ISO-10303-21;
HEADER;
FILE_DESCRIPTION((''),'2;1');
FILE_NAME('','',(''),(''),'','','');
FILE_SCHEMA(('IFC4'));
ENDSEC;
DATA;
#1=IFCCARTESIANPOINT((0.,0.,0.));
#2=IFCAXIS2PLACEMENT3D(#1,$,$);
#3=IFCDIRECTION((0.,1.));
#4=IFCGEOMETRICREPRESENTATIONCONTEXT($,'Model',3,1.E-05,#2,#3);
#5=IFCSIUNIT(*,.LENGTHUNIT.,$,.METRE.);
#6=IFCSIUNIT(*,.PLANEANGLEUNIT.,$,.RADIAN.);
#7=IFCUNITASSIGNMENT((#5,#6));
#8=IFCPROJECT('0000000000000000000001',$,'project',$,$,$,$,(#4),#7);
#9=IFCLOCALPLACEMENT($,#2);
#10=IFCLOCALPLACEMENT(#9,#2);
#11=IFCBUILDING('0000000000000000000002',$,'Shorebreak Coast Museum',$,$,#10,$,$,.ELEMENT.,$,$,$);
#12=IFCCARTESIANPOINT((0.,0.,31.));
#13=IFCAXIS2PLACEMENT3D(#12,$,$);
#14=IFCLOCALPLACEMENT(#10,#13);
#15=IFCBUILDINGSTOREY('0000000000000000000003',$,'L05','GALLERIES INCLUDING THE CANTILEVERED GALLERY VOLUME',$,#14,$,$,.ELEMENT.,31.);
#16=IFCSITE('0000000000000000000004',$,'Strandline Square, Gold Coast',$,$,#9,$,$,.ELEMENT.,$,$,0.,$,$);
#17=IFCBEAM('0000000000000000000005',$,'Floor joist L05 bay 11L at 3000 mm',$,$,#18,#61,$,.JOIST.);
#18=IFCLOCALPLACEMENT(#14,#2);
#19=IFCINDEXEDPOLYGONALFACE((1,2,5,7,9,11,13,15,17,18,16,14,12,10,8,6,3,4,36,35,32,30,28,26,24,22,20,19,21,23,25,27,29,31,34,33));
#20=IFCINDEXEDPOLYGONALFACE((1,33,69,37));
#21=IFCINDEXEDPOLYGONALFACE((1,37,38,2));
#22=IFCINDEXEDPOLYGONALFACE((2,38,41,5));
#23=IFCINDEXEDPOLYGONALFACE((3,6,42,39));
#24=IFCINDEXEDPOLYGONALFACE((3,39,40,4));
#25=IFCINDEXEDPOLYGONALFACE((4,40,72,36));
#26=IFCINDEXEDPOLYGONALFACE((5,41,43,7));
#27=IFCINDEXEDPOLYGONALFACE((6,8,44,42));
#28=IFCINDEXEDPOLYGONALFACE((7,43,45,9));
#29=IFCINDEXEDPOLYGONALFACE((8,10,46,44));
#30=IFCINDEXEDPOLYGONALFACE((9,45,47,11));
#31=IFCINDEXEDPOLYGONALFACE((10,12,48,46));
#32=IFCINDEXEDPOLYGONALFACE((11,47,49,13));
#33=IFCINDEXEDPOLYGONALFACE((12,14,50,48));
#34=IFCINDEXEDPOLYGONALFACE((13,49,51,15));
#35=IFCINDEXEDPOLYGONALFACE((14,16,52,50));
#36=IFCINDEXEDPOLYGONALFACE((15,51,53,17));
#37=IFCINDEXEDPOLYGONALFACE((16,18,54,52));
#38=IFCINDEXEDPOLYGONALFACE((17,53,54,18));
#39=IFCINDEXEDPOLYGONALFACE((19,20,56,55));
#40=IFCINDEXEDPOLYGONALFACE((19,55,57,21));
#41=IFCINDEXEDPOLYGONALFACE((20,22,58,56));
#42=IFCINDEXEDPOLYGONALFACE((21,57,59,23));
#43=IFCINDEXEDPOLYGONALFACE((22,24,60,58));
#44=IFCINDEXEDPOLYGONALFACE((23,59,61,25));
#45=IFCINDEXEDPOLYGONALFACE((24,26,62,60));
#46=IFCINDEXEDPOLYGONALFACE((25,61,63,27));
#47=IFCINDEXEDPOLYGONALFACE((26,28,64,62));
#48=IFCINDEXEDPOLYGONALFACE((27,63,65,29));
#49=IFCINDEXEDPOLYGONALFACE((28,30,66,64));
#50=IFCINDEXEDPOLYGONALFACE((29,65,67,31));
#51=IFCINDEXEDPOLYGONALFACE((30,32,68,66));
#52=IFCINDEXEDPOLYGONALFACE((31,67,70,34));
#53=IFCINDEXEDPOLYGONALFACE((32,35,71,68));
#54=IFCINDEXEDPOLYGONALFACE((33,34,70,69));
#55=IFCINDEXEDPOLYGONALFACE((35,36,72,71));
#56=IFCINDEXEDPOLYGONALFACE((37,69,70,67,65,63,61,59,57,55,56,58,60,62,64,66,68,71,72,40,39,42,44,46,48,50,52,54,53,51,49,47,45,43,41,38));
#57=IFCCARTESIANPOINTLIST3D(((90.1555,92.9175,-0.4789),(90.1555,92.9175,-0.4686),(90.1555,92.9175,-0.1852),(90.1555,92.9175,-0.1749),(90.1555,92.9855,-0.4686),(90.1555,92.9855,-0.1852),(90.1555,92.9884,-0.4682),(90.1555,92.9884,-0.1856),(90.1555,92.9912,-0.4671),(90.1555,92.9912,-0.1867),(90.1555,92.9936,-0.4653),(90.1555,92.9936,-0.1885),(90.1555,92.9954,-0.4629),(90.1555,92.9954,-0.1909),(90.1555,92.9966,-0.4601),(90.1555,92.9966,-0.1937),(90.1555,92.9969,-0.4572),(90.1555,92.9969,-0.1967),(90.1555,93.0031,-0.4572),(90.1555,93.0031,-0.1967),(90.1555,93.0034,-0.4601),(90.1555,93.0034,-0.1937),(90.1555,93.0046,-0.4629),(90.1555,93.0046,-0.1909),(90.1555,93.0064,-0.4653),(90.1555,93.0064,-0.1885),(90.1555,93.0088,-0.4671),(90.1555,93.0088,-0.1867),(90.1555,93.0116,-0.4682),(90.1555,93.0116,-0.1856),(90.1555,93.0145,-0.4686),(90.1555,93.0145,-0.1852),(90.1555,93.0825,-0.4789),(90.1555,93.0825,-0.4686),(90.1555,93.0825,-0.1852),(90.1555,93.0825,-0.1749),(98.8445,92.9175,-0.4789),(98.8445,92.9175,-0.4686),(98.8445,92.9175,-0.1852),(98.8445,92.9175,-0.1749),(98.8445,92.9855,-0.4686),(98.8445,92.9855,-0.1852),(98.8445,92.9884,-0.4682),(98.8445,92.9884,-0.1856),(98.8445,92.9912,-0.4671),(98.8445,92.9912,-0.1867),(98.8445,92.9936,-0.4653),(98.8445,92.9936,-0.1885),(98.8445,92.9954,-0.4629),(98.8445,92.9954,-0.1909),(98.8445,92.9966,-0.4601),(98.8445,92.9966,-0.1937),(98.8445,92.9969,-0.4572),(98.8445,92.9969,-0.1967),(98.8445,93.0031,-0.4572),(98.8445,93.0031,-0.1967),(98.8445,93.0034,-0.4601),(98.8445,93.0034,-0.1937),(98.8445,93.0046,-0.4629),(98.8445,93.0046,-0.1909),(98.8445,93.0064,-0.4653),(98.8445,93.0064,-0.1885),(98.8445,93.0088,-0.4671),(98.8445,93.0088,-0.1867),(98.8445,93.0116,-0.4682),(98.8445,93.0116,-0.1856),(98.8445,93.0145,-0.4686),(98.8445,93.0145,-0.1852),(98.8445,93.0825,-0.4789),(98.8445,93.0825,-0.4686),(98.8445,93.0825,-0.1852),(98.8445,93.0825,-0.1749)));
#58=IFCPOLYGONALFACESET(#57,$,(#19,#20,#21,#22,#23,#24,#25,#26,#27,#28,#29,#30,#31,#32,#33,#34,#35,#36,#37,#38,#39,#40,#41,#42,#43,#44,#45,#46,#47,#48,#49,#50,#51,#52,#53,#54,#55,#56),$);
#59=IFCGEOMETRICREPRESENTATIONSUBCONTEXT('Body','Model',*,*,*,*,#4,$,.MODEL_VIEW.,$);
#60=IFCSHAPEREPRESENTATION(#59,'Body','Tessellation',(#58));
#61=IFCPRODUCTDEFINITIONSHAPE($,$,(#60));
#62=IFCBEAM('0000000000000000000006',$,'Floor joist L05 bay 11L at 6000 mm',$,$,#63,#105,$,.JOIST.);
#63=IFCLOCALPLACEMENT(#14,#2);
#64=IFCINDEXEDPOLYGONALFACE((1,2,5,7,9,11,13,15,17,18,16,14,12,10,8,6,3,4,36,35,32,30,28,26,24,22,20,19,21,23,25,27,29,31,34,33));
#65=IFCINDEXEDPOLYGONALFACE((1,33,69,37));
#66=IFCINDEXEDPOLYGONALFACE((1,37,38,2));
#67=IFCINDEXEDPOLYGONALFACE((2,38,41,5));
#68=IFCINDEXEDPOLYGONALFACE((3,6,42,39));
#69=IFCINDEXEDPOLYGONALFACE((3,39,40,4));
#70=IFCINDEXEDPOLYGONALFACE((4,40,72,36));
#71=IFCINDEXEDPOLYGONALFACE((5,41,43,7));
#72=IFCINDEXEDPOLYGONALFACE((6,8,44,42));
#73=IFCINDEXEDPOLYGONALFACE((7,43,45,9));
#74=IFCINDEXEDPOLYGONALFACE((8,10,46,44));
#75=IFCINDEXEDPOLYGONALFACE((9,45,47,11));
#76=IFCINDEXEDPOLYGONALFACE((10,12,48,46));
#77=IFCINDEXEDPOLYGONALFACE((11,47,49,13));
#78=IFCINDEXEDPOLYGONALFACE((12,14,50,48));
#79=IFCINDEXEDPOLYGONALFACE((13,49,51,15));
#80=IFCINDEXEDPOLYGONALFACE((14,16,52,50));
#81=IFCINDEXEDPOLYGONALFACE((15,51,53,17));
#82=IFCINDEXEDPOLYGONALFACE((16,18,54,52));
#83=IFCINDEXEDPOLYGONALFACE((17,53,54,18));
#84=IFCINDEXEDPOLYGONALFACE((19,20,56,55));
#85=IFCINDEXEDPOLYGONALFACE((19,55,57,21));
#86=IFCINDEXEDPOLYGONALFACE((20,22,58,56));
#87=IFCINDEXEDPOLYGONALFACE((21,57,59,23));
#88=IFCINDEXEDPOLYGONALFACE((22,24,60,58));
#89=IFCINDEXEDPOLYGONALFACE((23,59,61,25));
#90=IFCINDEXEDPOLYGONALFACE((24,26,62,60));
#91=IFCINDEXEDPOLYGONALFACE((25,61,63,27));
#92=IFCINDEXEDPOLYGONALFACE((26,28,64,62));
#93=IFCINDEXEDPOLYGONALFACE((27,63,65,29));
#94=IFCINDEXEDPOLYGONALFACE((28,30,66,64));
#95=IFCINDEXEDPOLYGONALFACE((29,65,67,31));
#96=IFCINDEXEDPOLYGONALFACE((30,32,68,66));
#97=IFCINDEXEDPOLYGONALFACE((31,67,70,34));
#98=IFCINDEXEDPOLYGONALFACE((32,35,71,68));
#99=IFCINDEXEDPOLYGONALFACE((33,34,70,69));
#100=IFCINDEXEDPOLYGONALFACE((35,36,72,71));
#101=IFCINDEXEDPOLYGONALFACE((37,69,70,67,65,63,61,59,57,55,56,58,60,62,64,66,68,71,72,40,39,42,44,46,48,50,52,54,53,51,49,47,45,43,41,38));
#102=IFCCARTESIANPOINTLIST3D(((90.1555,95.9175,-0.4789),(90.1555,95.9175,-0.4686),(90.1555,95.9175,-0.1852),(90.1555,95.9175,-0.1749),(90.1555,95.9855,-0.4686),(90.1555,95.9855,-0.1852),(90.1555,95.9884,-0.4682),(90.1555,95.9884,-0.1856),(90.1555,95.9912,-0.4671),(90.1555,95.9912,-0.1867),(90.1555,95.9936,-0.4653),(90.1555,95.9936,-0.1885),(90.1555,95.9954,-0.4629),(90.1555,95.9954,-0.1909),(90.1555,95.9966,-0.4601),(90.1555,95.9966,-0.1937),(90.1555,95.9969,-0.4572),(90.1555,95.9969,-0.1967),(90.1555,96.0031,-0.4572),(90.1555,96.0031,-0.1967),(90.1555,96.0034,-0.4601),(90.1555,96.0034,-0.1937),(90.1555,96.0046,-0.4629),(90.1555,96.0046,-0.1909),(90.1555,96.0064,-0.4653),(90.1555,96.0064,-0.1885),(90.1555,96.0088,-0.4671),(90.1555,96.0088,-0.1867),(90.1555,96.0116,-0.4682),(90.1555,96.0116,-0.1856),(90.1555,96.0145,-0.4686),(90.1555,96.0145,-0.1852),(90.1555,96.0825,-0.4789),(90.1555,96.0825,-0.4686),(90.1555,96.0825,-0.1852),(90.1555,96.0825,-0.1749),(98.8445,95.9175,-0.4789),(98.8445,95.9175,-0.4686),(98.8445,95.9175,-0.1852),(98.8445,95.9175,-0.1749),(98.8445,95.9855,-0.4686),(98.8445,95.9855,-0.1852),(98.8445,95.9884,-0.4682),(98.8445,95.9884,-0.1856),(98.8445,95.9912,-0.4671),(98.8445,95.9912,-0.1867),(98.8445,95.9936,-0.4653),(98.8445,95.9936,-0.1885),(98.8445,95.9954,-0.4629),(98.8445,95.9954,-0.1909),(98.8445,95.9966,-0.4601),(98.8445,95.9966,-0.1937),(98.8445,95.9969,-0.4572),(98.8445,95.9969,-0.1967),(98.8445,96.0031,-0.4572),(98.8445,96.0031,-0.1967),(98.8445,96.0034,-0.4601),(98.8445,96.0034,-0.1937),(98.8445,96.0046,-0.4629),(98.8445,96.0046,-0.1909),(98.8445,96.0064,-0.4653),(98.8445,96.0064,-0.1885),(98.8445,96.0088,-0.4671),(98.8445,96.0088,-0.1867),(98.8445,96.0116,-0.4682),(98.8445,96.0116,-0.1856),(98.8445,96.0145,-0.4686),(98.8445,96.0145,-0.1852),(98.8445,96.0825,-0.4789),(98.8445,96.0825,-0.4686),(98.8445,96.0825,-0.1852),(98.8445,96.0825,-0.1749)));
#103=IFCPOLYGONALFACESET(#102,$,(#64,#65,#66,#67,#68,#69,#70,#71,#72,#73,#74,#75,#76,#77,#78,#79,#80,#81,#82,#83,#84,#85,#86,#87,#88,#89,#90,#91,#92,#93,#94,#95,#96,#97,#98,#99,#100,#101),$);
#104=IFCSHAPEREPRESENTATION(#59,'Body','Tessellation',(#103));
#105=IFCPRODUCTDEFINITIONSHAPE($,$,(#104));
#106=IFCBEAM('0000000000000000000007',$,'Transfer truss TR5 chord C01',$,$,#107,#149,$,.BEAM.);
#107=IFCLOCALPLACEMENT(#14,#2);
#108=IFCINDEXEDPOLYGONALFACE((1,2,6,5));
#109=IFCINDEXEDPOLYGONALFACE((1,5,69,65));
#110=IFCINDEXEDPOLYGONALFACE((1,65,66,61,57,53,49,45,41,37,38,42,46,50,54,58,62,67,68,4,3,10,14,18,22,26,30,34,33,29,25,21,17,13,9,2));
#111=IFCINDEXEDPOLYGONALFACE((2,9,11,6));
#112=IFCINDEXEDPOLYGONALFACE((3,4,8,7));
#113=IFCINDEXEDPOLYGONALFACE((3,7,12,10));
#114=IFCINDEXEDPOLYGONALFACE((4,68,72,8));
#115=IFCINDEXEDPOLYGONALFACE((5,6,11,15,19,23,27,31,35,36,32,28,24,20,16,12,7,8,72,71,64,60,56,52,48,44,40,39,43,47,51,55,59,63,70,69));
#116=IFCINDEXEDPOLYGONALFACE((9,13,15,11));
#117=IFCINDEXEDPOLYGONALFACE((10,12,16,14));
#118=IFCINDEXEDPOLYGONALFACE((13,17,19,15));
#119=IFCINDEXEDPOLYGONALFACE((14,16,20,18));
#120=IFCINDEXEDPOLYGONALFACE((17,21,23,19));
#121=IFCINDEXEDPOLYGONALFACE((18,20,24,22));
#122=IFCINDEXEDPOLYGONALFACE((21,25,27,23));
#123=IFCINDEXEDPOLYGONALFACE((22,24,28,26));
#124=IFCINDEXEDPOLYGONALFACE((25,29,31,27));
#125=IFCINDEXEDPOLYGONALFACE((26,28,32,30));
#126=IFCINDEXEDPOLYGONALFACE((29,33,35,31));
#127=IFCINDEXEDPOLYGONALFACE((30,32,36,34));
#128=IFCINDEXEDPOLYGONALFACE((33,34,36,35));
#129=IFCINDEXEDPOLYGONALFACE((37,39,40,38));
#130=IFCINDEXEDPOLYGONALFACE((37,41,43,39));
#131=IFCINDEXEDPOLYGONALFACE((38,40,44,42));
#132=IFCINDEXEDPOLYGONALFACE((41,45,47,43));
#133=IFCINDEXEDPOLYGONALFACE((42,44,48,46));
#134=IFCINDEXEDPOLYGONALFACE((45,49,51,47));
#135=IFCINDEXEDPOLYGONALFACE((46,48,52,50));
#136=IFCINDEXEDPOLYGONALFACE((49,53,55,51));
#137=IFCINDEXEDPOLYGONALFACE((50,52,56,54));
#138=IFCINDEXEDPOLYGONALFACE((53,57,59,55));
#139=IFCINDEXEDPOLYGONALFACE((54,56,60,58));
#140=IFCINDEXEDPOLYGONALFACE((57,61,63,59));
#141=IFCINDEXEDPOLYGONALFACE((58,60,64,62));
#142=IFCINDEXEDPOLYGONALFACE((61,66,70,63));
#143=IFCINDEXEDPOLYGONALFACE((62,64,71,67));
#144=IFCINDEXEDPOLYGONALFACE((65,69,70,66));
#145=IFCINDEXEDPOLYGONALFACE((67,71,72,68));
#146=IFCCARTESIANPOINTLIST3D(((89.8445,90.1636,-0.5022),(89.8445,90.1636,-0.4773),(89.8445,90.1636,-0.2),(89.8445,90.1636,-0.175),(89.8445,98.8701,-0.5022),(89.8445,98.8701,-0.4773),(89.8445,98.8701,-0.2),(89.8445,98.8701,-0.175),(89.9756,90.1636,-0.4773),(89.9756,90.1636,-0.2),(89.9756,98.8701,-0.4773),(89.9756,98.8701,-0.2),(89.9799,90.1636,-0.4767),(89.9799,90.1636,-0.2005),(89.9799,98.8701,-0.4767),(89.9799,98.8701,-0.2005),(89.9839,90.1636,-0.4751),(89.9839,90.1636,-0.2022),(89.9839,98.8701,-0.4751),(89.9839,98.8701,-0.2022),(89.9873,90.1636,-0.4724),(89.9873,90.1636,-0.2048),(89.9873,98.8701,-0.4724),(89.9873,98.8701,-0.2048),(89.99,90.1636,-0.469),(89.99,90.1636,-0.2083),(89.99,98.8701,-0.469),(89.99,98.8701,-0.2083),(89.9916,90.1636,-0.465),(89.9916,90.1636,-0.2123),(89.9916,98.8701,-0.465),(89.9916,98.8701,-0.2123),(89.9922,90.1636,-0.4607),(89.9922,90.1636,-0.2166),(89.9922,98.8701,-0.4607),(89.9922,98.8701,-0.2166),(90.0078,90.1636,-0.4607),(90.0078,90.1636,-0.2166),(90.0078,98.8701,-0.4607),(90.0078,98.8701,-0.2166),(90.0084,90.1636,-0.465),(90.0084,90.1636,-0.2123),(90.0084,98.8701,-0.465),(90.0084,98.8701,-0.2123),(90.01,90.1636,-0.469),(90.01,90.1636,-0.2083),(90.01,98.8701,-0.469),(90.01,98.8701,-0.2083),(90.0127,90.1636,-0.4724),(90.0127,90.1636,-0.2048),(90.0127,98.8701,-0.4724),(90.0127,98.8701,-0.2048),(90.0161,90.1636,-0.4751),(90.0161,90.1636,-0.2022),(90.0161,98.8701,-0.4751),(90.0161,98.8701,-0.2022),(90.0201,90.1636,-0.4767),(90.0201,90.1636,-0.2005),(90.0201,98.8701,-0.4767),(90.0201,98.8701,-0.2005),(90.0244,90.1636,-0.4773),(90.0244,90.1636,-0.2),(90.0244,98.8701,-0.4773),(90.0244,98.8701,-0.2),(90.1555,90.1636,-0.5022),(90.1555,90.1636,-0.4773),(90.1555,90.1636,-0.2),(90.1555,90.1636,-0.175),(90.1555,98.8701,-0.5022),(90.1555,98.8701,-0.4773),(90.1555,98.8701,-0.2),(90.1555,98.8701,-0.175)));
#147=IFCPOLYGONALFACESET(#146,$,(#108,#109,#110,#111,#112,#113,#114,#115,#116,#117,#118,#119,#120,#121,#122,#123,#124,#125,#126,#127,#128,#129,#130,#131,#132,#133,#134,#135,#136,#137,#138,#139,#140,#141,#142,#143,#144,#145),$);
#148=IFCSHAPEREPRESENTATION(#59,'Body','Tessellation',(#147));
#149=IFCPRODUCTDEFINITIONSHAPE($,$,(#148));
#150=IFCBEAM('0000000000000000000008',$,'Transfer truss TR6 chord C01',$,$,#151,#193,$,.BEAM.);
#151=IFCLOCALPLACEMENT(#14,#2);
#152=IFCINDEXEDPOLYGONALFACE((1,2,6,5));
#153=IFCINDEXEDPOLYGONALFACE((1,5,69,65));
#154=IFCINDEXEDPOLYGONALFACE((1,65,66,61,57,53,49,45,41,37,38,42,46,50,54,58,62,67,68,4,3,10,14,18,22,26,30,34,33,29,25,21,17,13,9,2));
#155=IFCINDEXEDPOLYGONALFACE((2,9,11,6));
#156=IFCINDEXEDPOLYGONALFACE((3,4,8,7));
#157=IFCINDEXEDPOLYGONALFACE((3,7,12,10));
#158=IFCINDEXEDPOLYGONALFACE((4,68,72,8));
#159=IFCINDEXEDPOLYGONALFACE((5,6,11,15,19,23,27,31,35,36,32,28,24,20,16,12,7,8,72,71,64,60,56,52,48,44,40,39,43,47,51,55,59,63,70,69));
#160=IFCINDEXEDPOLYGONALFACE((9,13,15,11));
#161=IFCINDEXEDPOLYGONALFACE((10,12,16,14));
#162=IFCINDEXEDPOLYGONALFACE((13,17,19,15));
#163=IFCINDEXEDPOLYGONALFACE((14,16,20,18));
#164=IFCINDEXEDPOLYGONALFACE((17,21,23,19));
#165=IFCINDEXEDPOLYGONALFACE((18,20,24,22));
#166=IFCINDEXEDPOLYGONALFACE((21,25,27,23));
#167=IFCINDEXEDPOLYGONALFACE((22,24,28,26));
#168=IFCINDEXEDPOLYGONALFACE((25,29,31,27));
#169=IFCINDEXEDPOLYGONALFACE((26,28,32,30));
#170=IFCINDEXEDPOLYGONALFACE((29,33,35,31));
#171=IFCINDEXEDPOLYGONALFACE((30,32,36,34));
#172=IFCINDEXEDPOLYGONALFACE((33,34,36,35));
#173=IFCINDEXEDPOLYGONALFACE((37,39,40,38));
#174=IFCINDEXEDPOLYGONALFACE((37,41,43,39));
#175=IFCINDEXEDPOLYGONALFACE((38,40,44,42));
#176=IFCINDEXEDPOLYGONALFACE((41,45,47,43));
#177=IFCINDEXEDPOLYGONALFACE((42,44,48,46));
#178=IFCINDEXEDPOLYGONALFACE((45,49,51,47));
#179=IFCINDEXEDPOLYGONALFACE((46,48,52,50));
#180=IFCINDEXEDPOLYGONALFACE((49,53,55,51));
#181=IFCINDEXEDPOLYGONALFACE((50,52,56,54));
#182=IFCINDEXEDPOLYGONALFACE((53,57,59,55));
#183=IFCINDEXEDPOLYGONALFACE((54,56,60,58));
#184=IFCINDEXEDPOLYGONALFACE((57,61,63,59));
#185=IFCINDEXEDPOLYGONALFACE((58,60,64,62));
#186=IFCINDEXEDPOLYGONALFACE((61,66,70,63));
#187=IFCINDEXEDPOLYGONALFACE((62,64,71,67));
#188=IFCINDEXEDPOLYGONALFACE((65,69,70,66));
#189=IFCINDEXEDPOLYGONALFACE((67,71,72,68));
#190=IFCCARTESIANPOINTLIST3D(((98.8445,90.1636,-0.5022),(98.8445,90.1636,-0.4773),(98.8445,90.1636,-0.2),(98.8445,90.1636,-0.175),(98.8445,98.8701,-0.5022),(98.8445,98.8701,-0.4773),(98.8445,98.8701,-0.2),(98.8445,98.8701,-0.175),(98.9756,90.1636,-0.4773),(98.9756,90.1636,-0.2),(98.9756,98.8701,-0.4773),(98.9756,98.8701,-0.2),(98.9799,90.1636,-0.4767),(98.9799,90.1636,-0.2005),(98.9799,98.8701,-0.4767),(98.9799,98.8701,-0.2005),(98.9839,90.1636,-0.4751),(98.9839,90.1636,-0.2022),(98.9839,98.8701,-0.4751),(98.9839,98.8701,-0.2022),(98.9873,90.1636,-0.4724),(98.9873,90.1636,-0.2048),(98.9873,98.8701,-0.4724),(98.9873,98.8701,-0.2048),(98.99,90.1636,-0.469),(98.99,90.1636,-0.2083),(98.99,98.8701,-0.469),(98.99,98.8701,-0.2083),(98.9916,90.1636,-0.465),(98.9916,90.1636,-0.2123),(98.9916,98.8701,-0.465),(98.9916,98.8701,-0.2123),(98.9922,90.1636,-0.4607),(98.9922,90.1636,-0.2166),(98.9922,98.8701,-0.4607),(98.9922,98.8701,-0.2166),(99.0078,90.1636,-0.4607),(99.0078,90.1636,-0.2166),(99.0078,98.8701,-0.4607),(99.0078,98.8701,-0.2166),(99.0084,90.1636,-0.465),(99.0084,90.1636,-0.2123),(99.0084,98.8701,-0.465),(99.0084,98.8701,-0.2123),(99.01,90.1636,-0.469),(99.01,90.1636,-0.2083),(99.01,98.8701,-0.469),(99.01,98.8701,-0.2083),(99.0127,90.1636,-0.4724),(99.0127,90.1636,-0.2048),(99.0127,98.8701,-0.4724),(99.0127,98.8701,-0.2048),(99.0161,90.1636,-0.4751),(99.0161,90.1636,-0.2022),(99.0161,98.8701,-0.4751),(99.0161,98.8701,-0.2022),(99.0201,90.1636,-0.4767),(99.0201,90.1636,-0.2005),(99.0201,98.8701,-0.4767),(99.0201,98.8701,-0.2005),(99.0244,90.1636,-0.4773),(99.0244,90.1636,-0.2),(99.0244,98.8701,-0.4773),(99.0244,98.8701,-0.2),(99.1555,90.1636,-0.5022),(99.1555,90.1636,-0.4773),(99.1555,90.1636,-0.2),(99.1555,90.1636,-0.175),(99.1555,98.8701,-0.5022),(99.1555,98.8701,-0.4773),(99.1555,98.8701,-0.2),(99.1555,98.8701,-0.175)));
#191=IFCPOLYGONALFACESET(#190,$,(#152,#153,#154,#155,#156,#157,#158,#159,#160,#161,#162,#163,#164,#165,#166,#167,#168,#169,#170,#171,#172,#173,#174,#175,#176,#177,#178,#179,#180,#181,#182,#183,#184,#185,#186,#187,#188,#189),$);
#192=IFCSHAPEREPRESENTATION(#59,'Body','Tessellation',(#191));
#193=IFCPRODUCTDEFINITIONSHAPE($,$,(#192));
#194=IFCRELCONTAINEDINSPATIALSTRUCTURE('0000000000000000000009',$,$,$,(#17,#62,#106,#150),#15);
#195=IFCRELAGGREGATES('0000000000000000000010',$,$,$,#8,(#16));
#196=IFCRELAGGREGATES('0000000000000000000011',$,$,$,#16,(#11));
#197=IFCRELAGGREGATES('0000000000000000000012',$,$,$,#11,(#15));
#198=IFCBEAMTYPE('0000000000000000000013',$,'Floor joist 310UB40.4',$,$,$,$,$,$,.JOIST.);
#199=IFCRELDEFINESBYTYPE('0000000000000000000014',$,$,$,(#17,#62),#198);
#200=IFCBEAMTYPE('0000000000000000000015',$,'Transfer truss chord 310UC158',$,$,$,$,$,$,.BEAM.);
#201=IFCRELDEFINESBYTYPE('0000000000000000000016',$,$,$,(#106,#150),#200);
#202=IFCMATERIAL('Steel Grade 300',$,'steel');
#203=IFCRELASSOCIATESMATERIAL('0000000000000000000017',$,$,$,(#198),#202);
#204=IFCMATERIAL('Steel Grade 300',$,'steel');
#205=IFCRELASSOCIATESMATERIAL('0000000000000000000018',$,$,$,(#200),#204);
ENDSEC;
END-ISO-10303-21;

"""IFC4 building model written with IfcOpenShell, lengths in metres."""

from ifc_helpers import new_model, si_unit, direction, frame, origin, origin_2d, place, context, subcontext, project, spatial, i_section, extrude, material, material_profile, profile_set, type_object, element, save


model = new_model("IFC4")

# Units and contexts
model_context = context("Model", 3, precision=1e-05, world=origin(), true_north=direction((0.0, 1.0)))
body_context = subcontext(model_context, "Body", "Model", "MODEL_VIEW")
ifc_project = project(units=[si_unit("LENGTHUNIT", "METRE"), si_unit("PLANEANGLEUNIT", "RADIAN")], contexts=[model_context])

# Site, building, storey
site_placement = place(None, origin())
site = spatial("IfcSite", under=ifc_project, at=site_placement, Name="Strandline Square, Gold Coast", CompositionType="ELEMENT", RefElevation=0.0)
building_placement = place(site_placement, origin())
building = spatial("IfcBuilding", under=site, at=building_placement, Name="Shorebreak Coast Museum", CompositionType="ELEMENT")
storey_placement = place(building_placement, frame((0.0, 0.0, 31.0)))
storey = spatial("IfcBuildingStorey", under=building, at=storey_placement, Name="L05", Description="GALLERIES INCLUDING THE CANTILEVERED GALLERY VOLUME", CompositionType="ELEMENT", Elevation=31.0)

# Beams
ifc_material_1 = material(Name="Steel Grade 300", Category="steel")
ifc_material_profile_1 = material_profile(ifc_material_1, i_section(OverallWidth=0.165, OverallDepth=0.304, WebThickness=0.0061, FlangeThickness=0.0103, FilletRadius=0.0115, at=origin_2d()), Name="310UB40.4")
ifc_profile_set_1 = profile_set([ifc_material_profile_1], Name="Steel Grade 300")
beam_type_1 = type_object("IfcBeamType", Name="Floor joist 310UB40.4", PredefinedType="JOIST", material=ifc_profile_set_1)
for number, where, z_axis, x_axis, name in (
    (1, (90.1555, 93.0, -0.3269), (1.0, 0.0, 0.0), (0.0, 1.0, 0.0), "Floor joist L05 bay 11L at 3000 mm"),
    (2, (90.1555, 96.0, -0.3269), (1.0, 0.0, 0.0), (0.0, 1.0, 0.0), "Floor joist L05 bay 11L at 6000 mm"),
):
    element("IfcBeam", number, at=place(storey_placement, frame(where, z_axis=z_axis, x_axis=x_axis)), inside=storey, type_object=beam_type_1, Name=name, PredefinedType="JOIST", context=body_context, shape_type="SweptSolid", body=[
        extrude(i_section(OverallWidth=0.165, OverallDepth=0.304, WebThickness=0.0061, FlangeThickness=0.0103, FilletRadius=0.0115, at=origin_2d()), origin(), (0.0, 0.0, 1.0), 8.689),
    ])
ifc_material_2 = material(Name="Steel Grade 300", Category="steel")
ifc_material_profile_2 = material_profile(ifc_material_2, i_section(OverallWidth=0.311, OverallDepth=0.3271, WebThickness=0.0156, FlangeThickness=0.0249, FilletRadius=0.0166, at=origin_2d()), Name="310UC158")
ifc_profile_set_2 = profile_set([ifc_material_profile_2], Name="Steel Grade 300")
beam_type_2 = type_object("IfcBeamType", Name="Transfer truss chord 310UC158", PredefinedType="BEAM", material=ifc_profile_set_2)
for number, where, z_axis, x_axis, name in (
    (3, (90.0, 90.1636, -0.3386), (0.0, 1.0, 0.0), (-1.0, 0.0, 0.0), "Transfer truss TR5 chord C01"),
    (4, (99.0, 90.1636, -0.3386), (0.0, 1.0, 0.0), (-1.0, 0.0, 0.0), "Transfer truss TR6 chord C01"),
):
    element("IfcBeam", number, at=place(storey_placement, frame(where, z_axis=z_axis, x_axis=x_axis)), inside=storey, type_object=beam_type_2, Name=name, PredefinedType="BEAM", context=body_context, shape_type="SweptSolid", body=[
        extrude(i_section(OverallWidth=0.311, OverallDepth=0.3271, WebThickness=0.0156, FlangeThickness=0.0249, FilletRadius=0.0166, at=origin_2d()), origin(), (0.0, 0.0, 1.0), 8.7065),
    ])

save(model, "model.ifc")
